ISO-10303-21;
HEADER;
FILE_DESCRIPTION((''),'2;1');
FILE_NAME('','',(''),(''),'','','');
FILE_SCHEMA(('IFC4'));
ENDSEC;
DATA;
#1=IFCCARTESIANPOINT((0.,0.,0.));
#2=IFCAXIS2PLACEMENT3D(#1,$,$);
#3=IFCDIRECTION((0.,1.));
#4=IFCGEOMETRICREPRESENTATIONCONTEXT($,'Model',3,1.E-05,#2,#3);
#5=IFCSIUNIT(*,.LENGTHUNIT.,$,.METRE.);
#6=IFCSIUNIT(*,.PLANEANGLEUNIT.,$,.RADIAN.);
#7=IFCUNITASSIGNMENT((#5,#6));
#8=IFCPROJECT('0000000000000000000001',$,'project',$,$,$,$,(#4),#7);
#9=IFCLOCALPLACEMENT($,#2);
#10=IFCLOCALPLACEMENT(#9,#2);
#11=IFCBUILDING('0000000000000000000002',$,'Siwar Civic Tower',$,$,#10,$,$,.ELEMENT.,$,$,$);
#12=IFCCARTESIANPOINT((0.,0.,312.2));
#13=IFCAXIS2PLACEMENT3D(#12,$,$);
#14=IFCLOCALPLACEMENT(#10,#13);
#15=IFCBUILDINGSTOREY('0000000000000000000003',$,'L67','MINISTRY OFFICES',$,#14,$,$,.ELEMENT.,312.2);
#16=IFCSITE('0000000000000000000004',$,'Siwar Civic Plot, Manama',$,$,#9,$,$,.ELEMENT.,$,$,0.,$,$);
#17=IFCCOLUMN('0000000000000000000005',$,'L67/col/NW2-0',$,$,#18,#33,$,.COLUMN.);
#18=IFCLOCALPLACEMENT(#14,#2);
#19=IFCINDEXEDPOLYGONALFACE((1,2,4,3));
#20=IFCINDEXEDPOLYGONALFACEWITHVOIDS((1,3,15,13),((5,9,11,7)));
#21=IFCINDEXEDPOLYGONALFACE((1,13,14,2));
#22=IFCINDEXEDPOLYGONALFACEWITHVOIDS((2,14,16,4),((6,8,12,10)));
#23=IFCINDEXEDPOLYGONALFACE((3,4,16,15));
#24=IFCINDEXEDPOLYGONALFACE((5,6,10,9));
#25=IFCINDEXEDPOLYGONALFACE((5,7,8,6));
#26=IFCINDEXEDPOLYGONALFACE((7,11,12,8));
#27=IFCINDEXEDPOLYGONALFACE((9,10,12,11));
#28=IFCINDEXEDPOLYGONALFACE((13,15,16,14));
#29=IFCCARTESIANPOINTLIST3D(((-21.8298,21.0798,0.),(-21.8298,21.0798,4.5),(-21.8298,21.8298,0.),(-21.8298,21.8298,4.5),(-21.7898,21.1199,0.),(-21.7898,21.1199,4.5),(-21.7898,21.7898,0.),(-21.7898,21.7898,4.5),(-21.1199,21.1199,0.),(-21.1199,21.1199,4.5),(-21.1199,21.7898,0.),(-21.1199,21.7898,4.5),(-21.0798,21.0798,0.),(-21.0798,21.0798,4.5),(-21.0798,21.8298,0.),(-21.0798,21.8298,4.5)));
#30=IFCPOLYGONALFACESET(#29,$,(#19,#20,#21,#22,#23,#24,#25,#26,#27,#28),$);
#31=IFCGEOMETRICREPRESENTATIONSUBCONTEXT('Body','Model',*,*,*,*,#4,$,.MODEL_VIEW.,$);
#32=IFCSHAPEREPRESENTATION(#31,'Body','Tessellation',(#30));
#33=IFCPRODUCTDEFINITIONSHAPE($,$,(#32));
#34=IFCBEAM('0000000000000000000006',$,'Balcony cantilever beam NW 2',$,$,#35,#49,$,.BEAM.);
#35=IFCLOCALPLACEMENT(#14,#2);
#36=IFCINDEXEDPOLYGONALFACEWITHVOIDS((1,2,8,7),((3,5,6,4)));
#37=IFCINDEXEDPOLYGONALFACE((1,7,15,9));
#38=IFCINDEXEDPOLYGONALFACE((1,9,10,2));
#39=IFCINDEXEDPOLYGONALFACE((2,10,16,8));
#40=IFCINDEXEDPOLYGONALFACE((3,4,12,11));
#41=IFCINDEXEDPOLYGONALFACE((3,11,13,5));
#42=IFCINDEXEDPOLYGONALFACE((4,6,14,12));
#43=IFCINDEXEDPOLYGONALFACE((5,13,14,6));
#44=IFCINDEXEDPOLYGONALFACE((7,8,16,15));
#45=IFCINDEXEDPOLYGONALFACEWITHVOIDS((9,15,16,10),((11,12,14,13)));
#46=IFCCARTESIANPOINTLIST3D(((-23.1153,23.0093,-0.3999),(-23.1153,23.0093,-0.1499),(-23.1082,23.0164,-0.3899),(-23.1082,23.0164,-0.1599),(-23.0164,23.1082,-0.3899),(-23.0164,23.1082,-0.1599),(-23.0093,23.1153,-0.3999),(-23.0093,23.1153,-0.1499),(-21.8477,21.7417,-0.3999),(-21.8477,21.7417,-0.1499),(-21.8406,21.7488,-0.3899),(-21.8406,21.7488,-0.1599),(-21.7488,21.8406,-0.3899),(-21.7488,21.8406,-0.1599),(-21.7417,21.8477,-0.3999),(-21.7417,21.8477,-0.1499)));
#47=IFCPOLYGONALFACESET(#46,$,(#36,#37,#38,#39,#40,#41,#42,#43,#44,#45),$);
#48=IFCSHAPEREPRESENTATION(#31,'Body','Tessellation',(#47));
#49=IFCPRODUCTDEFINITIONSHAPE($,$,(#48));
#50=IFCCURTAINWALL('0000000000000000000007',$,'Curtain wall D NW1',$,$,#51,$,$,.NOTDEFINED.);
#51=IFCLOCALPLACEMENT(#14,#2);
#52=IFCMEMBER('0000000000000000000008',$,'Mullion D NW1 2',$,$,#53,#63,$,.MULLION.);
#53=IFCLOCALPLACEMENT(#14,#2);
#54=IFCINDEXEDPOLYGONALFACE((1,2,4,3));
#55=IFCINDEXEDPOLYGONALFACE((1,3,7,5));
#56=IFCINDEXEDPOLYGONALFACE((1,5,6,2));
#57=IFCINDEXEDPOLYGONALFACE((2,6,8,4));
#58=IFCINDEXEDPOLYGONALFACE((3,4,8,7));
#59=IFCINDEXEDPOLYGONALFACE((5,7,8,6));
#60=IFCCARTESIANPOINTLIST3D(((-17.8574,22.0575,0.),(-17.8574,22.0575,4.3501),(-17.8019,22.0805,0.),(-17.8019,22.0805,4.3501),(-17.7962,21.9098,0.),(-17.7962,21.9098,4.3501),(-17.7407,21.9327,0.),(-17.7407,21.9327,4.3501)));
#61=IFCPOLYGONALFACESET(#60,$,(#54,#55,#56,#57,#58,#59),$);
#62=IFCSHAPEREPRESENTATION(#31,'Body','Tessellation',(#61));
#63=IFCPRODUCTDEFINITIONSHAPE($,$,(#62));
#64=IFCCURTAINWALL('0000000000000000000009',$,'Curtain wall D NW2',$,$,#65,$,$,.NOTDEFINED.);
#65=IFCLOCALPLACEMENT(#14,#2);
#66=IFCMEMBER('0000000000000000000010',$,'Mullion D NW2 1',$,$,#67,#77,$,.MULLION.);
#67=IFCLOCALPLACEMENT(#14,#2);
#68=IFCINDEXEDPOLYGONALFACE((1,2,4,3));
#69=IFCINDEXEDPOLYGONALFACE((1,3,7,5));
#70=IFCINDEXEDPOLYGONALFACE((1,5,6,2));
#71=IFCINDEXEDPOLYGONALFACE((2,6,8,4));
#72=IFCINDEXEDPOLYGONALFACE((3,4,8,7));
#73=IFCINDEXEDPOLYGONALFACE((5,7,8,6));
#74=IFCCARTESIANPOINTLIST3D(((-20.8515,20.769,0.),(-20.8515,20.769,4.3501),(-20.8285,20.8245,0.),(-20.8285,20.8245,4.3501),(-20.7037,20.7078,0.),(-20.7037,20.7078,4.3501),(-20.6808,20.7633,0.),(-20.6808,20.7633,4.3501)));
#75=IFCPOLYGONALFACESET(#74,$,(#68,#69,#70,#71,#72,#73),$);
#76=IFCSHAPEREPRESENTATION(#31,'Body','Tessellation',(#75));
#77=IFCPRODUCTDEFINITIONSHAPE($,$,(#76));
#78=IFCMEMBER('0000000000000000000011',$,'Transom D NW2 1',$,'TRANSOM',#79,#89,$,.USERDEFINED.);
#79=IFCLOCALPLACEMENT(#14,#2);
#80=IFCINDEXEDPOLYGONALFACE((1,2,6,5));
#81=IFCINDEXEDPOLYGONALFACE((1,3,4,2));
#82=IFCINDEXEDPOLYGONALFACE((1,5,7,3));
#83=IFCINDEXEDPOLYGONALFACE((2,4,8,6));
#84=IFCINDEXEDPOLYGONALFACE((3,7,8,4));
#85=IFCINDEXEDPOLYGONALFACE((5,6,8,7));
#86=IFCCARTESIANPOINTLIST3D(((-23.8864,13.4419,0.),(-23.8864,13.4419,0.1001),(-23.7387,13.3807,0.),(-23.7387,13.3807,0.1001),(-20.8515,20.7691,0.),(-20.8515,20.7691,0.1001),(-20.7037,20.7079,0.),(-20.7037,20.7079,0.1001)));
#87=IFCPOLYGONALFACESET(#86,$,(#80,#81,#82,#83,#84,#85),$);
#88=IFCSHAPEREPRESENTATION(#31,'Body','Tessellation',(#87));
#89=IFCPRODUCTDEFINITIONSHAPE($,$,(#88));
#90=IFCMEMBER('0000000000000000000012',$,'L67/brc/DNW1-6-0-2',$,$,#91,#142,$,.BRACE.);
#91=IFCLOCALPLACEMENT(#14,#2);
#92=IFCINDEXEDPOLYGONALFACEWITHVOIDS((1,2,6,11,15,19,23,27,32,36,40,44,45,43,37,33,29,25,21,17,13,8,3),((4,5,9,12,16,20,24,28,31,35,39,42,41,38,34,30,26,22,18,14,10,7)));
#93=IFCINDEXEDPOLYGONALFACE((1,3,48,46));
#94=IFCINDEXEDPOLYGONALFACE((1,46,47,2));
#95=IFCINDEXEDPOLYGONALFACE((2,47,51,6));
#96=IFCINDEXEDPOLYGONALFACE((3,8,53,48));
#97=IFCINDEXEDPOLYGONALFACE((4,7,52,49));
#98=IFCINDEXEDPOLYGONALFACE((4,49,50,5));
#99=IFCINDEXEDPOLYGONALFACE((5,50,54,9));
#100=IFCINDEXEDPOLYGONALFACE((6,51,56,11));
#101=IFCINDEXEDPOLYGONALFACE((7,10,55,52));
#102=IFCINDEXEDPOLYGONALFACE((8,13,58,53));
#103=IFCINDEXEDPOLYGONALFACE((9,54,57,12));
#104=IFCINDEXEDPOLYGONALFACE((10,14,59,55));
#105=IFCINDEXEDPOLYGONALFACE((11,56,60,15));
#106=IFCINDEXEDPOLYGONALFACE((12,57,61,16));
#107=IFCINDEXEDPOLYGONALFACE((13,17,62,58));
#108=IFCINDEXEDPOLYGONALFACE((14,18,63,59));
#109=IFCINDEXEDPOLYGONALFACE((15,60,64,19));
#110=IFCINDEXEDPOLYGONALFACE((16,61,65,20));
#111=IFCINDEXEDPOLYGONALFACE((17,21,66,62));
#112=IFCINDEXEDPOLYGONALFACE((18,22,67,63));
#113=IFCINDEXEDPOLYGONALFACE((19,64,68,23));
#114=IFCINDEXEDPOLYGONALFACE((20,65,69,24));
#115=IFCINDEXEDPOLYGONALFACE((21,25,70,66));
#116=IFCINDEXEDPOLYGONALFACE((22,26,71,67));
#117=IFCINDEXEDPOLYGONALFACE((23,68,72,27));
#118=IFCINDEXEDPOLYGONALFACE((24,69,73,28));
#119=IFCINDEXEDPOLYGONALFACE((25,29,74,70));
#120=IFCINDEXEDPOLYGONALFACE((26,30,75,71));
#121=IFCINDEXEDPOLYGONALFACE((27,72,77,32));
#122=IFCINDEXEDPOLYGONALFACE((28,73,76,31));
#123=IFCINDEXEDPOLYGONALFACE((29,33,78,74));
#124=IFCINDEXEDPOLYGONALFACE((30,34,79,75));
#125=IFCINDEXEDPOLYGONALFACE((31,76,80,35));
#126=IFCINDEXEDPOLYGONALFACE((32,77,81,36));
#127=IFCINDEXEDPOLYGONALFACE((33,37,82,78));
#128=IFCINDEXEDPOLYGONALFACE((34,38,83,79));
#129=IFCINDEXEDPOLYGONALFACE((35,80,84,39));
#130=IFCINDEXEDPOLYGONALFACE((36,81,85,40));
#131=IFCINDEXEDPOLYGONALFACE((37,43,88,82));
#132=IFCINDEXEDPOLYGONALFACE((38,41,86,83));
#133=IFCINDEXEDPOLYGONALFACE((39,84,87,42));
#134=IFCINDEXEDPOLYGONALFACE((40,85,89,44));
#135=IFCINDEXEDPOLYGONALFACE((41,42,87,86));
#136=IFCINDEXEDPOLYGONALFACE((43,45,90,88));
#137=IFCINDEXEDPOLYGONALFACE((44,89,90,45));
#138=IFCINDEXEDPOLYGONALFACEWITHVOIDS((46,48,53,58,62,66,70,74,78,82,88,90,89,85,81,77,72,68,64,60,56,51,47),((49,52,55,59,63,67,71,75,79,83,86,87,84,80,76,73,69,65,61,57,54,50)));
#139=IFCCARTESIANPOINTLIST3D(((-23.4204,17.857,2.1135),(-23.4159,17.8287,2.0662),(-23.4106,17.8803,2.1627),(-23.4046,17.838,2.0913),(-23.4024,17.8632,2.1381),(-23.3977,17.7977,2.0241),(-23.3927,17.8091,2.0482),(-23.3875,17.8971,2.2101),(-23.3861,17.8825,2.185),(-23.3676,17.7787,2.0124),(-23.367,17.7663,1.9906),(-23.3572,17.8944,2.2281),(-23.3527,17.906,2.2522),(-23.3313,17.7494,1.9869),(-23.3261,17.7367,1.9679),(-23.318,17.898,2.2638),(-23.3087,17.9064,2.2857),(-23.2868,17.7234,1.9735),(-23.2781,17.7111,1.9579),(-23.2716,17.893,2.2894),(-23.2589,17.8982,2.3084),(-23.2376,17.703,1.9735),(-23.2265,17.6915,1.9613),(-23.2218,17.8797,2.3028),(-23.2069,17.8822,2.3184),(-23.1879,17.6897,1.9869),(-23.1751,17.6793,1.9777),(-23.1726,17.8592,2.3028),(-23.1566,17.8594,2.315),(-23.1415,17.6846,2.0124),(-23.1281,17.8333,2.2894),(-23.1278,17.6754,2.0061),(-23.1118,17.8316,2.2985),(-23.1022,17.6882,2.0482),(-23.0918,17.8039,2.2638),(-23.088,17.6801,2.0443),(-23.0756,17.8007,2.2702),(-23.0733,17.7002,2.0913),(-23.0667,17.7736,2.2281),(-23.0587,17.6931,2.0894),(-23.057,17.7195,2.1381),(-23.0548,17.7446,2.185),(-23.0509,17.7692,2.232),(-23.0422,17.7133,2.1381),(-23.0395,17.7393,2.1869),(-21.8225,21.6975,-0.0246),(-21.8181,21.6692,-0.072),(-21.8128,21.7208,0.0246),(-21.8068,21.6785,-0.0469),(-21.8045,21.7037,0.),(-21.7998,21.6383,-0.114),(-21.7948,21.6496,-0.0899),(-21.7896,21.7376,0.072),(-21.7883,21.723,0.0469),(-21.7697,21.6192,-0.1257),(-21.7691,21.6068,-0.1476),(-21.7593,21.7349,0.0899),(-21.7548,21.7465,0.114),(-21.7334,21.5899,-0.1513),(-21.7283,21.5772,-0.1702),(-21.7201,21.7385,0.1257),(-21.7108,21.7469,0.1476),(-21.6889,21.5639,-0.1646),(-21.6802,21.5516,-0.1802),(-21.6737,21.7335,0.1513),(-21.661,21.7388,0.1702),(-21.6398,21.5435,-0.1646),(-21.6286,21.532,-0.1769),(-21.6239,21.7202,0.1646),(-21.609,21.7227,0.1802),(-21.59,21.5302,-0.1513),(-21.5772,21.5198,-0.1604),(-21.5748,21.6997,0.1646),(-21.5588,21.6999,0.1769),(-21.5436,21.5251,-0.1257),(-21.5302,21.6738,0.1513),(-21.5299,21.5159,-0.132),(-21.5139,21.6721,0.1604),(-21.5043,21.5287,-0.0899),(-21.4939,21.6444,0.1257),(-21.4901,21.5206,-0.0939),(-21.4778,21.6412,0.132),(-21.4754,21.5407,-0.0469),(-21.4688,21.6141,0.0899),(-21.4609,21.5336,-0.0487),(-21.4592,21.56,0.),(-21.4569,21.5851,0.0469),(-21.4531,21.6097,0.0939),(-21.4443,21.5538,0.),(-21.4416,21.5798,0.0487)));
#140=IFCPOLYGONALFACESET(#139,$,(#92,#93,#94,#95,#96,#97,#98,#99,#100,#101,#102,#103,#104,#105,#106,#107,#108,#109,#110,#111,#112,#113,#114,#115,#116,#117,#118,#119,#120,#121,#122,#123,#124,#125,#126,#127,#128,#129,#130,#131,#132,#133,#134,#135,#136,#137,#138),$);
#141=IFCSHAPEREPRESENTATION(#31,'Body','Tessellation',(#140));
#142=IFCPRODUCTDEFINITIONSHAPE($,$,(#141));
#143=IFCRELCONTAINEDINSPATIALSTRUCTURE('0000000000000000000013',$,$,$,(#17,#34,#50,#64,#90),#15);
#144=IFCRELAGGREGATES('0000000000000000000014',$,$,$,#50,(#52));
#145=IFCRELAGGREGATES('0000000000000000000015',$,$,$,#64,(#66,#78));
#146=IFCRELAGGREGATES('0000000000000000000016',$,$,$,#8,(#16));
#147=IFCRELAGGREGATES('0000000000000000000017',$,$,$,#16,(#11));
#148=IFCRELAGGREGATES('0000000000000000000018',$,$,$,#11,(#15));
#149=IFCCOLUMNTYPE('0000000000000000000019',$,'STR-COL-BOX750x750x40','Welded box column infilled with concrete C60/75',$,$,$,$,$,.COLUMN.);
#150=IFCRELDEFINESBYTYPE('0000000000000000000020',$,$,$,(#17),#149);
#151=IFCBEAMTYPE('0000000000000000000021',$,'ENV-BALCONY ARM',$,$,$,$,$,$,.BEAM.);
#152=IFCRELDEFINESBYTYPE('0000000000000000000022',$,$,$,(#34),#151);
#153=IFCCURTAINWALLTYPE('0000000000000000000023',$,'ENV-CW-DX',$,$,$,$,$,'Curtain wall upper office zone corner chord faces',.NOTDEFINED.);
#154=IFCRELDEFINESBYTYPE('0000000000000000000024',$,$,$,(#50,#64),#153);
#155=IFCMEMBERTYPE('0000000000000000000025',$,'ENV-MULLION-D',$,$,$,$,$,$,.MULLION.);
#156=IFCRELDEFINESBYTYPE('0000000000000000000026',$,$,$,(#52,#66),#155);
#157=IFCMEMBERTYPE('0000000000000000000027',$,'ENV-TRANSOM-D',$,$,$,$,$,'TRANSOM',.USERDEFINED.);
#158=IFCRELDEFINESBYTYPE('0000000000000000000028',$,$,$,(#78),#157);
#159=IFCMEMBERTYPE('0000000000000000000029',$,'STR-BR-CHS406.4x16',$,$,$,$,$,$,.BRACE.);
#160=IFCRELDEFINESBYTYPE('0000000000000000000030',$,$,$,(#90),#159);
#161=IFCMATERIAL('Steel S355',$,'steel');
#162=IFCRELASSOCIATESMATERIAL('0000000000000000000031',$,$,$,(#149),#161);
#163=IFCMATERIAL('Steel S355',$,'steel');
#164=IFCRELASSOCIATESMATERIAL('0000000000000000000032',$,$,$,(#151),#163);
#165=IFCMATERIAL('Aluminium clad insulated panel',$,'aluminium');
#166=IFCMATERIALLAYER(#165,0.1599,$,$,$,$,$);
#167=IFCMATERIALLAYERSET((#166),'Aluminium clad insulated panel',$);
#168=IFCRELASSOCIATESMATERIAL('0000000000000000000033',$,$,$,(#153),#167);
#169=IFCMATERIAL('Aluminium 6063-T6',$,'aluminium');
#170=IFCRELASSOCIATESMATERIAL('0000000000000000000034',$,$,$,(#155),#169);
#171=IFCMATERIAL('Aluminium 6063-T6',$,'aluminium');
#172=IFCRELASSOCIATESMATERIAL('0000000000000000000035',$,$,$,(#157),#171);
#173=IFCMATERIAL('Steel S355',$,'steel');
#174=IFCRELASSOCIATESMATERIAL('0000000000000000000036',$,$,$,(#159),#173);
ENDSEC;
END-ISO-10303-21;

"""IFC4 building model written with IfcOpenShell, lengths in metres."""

from ifc_helpers import new_model, si_unit, direction, frame, origin, origin_2d, place, context, subcontext, project, spatial, rectangle, hollow_rectangle, hollow_circle, extrude, material, layer, layer_set, material_profile, profile_set, type_object, element, aggregate, save


model = new_model("IFC4")

# Units and contexts
model_context = context("Model", 3, precision=1e-05, world=origin(), true_north=direction((0.0, 1.0)))
body_context = subcontext(model_context, "Body", "Model", "MODEL_VIEW")
ifc_project = project(units=[si_unit("LENGTHUNIT", "METRE"), si_unit("PLANEANGLEUNIT", "RADIAN")], contexts=[model_context])

# Site, building, storey
site_placement = place(None, origin())
site = spatial("IfcSite", under=ifc_project, at=site_placement, Name="Siwar Civic Plot, Manama", CompositionType="ELEMENT", RefElevation=0.0)
building_placement = place(site_placement, origin())
building = spatial("IfcBuilding", under=site, at=building_placement, Name="Siwar Civic Tower", CompositionType="ELEMENT")
storey_placement = place(building_placement, frame((0.0, 0.0, 312.2)))
storey = spatial("IfcBuildingStorey", under=building, at=storey_placement, Name="L67", Description="MINISTRY OFFICES", CompositionType="ELEMENT", Elevation=312.2)

# Column
ifc_material_1 = material(Name="Steel S355", Category="steel")
ifc_material_profile_1 = material_profile(ifc_material_1, hollow_rectangle(XDim=0.75, YDim=0.75, WallThickness=0.04, at=origin_2d()), Name="BOX750x750x40")
ifc_profile_set_1 = profile_set([ifc_material_profile_1], Name="Steel S355")
column_type = type_object("IfcColumnType", Name="STR-COL-BOX750x750x40", Description="Welded box column infilled with concrete C60/75", PredefinedType="COLUMN", material=ifc_profile_set_1)
column_placement = place(storey_placement, frame((-21.4548, 21.4548, 0.0), z_axis=(0.0, 0.0, 1.0), x_axis=(1.0, 0.0, 0.0)))
element("IfcColumn", 1, at=column_placement, inside=storey, type_object=column_type, Name="L67/col/NW2-0", PredefinedType="COLUMN", context=body_context, shape_type="SweptSolid", body=[
    extrude(hollow_rectangle(XDim=0.75, YDim=0.75, WallThickness=0.04, at=origin_2d()), origin(), (0.0, 0.0, 1.0), 4.5),
])

# Beam
ifc_material_2 = material(Name="Steel S355", Category="steel")
ifc_material_profile_2 = material_profile(ifc_material_2, hollow_rectangle(XDim=0.1499, YDim=0.25, WallThickness=0.01, at=origin_2d()), Name="RHS250x150x10")
ifc_profile_set_2 = profile_set([ifc_material_profile_2], Name="Steel S355")
beam_type_1 = type_object("IfcBeamType", Name="ENV-BALCONY ARM", PredefinedType="BEAM", material=ifc_profile_set_2)
beam_1_placement = place(storey_placement, frame((-21.7947, 21.7947, -0.2749), z_axis=(-0.707107, 0.707107, 0.0), x_axis=(-0.707107, -0.707107, 0.0)))
element("IfcBeam", 2, at=beam_1_placement, inside=storey, type_object=beam_type_1, Name="Balcony cantilever beam NW 2", PredefinedType="BEAM", context=body_context, shape_type="SweptSolid", body=[
    extrude(hollow_rectangle(XDim=0.1499, YDim=0.25, WallThickness=0.01, at=origin_2d()), origin(), (0.0, 0.0, 1.0), 1.7927),
])

# Curtain wall, member
ifc_material_3 = material(Name="Aluminium clad insulated panel", Category="aluminium")
ifc_layer_1 = layer(ifc_material_3, 0.1599)
ifc_layer_set_1 = layer_set([ifc_layer_1], Name="Aluminium clad insulated panel")
curtain_wall_type = type_object("IfcCurtainWallType", Name="ENV-CW-DX", ElementType="Curtain wall upper office zone corner chord faces", PredefinedType="NOTDEFINED", material=ifc_layer_set_1)
curtain_wall_1_placement = place(storey_placement, origin())
curtain_wall_1 = element("IfcCurtainWall", 3, at=curtain_wall_1_placement, inside=storey, type_object=curtain_wall_type, Name="Curtain wall D NW1", PredefinedType="NOTDEFINED")
ifc_material_4 = material(Name="Aluminium 6063-T6", Category="aluminium")
ifc_material_profile_3 = material_profile(ifc_material_4, rectangle(XDim=0.1599, YDim=0.0601, at=origin_2d()), Name="AL 160x60")
ifc_profile_set_3 = profile_set([ifc_material_profile_3], Name="Aluminium 6063-T6")
member_type_1 = type_object("IfcMemberType", Name="ENV-MULLION-D", PredefinedType="MULLION", material=ifc_profile_set_3)
member_1_placement = place(storey_placement, frame((-17.7991, 21.9951, 0.0), z_axis=(0.0, 0.0, 1.0), x_axis=(0.382683, -0.92388, 0.0)))
member_1 = element("IfcMember", 4, at=member_1_placement, type_object=member_type_1, Name="Mullion D NW1 2", PredefinedType="MULLION", context=body_context, shape_type="SweptSolid", body=[
    extrude(rectangle(XDim=0.1599, YDim=0.0601, at=origin_2d()), origin(), (0.0, 0.0, 1.0), 4.3501),
])

# Curtain wall, members
curtain_wall_2_placement = place(storey_placement, origin())
curtain_wall_2 = element("IfcCurtainWall", 5, at=curtain_wall_2_placement, inside=storey, type_object=curtain_wall_type, Name="Curtain wall D NW2", PredefinedType="NOTDEFINED")
member_2_placement = place(storey_placement, frame((-20.7661, 20.7661, 0.0), z_axis=(0.0, 0.0, 1.0), x_axis=(0.92388, -0.382683, 0.0)))
member_2 = element("IfcMember", 6, at=member_2_placement, type_object=member_type_1, Name="Mullion D NW2 1", PredefinedType="MULLION", context=body_context, shape_type="SweptSolid", body=[
    extrude(rectangle(XDim=0.1599, YDim=0.0601, at=origin_2d()), origin(), (0.0, 0.0, 1.0), 4.3501),
])
ifc_material_5 = material(Name="Aluminium 6063-T6", Category="aluminium")
ifc_material_profile_4 = material_profile(ifc_material_5, rectangle(XDim=0.1599, YDim=0.1001, at=origin_2d()), Name="AL 160x100")
ifc_profile_set_4 = profile_set([ifc_material_profile_4], Name="Aluminium 6063-T6")
member_type_2 = type_object("IfcMemberType", Name="ENV-TRANSOM-D", ElementType="TRANSOM", PredefinedType="USERDEFINED", material=ifc_profile_set_4)
member_3_placement = place(storey_placement, frame((-20.7776, 20.7385, 0.05), z_axis=(-0.382674, -0.923884, 0.0), x_axis=(0.923884, -0.382674, 0.0)))
member_3 = element("IfcMember", 7, at=member_3_placement, type_object=member_type_2, Name="Transom D NW2 1", ObjectType="TRANSOM", PredefinedType="USERDEFINED", context=body_context, shape_type="SweptSolid", body=[
    extrude(rectangle(XDim=0.1599, YDim=0.1001, at=origin_2d()), origin(), (0.0, 0.0, 1.0), 7.9309),
])

# Member
ifc_material_6 = material(Name="Steel S355", Category="steel")
ifc_material_profile_5 = material_profile(ifc_material_6, hollow_circle(Radius=0.2031, WallThickness=0.0161, at=origin_2d()), Name="CHS406.4x16")
ifc_profile_set_5 = profile_set([ifc_material_profile_5], Name="Steel S355")
member_type_3 = type_object("IfcMemberType", Name="STR-BR-CHS406.4x16", PredefinedType="BRACE", material=ifc_profile_set_5)
member_4_placement = place(storey_placement, frame((-21.6318, 21.6318, 0.0), z_axis=(-0.341644, -0.821147, 0.457161), x_axis=(0.923276, -0.384136, 0.0)))
element("IfcMember", 8, at=member_4_placement, inside=storey, type_object=member_type_3, Name="L67/brc/DNW1-6-0-2", PredefinedType="BRACE", context=body_context, shape_type="SweptSolid", body=[
    extrude(hollow_circle(Radius=0.2031, WallThickness=0.0161, at=origin_2d()), origin(), (0.0, 0.0, 1.0), 4.677),
])

aggregate(curtain_wall_1, [member_1])
aggregate(curtain_wall_2, [member_2, member_3])

save(model, "model.ifc")
